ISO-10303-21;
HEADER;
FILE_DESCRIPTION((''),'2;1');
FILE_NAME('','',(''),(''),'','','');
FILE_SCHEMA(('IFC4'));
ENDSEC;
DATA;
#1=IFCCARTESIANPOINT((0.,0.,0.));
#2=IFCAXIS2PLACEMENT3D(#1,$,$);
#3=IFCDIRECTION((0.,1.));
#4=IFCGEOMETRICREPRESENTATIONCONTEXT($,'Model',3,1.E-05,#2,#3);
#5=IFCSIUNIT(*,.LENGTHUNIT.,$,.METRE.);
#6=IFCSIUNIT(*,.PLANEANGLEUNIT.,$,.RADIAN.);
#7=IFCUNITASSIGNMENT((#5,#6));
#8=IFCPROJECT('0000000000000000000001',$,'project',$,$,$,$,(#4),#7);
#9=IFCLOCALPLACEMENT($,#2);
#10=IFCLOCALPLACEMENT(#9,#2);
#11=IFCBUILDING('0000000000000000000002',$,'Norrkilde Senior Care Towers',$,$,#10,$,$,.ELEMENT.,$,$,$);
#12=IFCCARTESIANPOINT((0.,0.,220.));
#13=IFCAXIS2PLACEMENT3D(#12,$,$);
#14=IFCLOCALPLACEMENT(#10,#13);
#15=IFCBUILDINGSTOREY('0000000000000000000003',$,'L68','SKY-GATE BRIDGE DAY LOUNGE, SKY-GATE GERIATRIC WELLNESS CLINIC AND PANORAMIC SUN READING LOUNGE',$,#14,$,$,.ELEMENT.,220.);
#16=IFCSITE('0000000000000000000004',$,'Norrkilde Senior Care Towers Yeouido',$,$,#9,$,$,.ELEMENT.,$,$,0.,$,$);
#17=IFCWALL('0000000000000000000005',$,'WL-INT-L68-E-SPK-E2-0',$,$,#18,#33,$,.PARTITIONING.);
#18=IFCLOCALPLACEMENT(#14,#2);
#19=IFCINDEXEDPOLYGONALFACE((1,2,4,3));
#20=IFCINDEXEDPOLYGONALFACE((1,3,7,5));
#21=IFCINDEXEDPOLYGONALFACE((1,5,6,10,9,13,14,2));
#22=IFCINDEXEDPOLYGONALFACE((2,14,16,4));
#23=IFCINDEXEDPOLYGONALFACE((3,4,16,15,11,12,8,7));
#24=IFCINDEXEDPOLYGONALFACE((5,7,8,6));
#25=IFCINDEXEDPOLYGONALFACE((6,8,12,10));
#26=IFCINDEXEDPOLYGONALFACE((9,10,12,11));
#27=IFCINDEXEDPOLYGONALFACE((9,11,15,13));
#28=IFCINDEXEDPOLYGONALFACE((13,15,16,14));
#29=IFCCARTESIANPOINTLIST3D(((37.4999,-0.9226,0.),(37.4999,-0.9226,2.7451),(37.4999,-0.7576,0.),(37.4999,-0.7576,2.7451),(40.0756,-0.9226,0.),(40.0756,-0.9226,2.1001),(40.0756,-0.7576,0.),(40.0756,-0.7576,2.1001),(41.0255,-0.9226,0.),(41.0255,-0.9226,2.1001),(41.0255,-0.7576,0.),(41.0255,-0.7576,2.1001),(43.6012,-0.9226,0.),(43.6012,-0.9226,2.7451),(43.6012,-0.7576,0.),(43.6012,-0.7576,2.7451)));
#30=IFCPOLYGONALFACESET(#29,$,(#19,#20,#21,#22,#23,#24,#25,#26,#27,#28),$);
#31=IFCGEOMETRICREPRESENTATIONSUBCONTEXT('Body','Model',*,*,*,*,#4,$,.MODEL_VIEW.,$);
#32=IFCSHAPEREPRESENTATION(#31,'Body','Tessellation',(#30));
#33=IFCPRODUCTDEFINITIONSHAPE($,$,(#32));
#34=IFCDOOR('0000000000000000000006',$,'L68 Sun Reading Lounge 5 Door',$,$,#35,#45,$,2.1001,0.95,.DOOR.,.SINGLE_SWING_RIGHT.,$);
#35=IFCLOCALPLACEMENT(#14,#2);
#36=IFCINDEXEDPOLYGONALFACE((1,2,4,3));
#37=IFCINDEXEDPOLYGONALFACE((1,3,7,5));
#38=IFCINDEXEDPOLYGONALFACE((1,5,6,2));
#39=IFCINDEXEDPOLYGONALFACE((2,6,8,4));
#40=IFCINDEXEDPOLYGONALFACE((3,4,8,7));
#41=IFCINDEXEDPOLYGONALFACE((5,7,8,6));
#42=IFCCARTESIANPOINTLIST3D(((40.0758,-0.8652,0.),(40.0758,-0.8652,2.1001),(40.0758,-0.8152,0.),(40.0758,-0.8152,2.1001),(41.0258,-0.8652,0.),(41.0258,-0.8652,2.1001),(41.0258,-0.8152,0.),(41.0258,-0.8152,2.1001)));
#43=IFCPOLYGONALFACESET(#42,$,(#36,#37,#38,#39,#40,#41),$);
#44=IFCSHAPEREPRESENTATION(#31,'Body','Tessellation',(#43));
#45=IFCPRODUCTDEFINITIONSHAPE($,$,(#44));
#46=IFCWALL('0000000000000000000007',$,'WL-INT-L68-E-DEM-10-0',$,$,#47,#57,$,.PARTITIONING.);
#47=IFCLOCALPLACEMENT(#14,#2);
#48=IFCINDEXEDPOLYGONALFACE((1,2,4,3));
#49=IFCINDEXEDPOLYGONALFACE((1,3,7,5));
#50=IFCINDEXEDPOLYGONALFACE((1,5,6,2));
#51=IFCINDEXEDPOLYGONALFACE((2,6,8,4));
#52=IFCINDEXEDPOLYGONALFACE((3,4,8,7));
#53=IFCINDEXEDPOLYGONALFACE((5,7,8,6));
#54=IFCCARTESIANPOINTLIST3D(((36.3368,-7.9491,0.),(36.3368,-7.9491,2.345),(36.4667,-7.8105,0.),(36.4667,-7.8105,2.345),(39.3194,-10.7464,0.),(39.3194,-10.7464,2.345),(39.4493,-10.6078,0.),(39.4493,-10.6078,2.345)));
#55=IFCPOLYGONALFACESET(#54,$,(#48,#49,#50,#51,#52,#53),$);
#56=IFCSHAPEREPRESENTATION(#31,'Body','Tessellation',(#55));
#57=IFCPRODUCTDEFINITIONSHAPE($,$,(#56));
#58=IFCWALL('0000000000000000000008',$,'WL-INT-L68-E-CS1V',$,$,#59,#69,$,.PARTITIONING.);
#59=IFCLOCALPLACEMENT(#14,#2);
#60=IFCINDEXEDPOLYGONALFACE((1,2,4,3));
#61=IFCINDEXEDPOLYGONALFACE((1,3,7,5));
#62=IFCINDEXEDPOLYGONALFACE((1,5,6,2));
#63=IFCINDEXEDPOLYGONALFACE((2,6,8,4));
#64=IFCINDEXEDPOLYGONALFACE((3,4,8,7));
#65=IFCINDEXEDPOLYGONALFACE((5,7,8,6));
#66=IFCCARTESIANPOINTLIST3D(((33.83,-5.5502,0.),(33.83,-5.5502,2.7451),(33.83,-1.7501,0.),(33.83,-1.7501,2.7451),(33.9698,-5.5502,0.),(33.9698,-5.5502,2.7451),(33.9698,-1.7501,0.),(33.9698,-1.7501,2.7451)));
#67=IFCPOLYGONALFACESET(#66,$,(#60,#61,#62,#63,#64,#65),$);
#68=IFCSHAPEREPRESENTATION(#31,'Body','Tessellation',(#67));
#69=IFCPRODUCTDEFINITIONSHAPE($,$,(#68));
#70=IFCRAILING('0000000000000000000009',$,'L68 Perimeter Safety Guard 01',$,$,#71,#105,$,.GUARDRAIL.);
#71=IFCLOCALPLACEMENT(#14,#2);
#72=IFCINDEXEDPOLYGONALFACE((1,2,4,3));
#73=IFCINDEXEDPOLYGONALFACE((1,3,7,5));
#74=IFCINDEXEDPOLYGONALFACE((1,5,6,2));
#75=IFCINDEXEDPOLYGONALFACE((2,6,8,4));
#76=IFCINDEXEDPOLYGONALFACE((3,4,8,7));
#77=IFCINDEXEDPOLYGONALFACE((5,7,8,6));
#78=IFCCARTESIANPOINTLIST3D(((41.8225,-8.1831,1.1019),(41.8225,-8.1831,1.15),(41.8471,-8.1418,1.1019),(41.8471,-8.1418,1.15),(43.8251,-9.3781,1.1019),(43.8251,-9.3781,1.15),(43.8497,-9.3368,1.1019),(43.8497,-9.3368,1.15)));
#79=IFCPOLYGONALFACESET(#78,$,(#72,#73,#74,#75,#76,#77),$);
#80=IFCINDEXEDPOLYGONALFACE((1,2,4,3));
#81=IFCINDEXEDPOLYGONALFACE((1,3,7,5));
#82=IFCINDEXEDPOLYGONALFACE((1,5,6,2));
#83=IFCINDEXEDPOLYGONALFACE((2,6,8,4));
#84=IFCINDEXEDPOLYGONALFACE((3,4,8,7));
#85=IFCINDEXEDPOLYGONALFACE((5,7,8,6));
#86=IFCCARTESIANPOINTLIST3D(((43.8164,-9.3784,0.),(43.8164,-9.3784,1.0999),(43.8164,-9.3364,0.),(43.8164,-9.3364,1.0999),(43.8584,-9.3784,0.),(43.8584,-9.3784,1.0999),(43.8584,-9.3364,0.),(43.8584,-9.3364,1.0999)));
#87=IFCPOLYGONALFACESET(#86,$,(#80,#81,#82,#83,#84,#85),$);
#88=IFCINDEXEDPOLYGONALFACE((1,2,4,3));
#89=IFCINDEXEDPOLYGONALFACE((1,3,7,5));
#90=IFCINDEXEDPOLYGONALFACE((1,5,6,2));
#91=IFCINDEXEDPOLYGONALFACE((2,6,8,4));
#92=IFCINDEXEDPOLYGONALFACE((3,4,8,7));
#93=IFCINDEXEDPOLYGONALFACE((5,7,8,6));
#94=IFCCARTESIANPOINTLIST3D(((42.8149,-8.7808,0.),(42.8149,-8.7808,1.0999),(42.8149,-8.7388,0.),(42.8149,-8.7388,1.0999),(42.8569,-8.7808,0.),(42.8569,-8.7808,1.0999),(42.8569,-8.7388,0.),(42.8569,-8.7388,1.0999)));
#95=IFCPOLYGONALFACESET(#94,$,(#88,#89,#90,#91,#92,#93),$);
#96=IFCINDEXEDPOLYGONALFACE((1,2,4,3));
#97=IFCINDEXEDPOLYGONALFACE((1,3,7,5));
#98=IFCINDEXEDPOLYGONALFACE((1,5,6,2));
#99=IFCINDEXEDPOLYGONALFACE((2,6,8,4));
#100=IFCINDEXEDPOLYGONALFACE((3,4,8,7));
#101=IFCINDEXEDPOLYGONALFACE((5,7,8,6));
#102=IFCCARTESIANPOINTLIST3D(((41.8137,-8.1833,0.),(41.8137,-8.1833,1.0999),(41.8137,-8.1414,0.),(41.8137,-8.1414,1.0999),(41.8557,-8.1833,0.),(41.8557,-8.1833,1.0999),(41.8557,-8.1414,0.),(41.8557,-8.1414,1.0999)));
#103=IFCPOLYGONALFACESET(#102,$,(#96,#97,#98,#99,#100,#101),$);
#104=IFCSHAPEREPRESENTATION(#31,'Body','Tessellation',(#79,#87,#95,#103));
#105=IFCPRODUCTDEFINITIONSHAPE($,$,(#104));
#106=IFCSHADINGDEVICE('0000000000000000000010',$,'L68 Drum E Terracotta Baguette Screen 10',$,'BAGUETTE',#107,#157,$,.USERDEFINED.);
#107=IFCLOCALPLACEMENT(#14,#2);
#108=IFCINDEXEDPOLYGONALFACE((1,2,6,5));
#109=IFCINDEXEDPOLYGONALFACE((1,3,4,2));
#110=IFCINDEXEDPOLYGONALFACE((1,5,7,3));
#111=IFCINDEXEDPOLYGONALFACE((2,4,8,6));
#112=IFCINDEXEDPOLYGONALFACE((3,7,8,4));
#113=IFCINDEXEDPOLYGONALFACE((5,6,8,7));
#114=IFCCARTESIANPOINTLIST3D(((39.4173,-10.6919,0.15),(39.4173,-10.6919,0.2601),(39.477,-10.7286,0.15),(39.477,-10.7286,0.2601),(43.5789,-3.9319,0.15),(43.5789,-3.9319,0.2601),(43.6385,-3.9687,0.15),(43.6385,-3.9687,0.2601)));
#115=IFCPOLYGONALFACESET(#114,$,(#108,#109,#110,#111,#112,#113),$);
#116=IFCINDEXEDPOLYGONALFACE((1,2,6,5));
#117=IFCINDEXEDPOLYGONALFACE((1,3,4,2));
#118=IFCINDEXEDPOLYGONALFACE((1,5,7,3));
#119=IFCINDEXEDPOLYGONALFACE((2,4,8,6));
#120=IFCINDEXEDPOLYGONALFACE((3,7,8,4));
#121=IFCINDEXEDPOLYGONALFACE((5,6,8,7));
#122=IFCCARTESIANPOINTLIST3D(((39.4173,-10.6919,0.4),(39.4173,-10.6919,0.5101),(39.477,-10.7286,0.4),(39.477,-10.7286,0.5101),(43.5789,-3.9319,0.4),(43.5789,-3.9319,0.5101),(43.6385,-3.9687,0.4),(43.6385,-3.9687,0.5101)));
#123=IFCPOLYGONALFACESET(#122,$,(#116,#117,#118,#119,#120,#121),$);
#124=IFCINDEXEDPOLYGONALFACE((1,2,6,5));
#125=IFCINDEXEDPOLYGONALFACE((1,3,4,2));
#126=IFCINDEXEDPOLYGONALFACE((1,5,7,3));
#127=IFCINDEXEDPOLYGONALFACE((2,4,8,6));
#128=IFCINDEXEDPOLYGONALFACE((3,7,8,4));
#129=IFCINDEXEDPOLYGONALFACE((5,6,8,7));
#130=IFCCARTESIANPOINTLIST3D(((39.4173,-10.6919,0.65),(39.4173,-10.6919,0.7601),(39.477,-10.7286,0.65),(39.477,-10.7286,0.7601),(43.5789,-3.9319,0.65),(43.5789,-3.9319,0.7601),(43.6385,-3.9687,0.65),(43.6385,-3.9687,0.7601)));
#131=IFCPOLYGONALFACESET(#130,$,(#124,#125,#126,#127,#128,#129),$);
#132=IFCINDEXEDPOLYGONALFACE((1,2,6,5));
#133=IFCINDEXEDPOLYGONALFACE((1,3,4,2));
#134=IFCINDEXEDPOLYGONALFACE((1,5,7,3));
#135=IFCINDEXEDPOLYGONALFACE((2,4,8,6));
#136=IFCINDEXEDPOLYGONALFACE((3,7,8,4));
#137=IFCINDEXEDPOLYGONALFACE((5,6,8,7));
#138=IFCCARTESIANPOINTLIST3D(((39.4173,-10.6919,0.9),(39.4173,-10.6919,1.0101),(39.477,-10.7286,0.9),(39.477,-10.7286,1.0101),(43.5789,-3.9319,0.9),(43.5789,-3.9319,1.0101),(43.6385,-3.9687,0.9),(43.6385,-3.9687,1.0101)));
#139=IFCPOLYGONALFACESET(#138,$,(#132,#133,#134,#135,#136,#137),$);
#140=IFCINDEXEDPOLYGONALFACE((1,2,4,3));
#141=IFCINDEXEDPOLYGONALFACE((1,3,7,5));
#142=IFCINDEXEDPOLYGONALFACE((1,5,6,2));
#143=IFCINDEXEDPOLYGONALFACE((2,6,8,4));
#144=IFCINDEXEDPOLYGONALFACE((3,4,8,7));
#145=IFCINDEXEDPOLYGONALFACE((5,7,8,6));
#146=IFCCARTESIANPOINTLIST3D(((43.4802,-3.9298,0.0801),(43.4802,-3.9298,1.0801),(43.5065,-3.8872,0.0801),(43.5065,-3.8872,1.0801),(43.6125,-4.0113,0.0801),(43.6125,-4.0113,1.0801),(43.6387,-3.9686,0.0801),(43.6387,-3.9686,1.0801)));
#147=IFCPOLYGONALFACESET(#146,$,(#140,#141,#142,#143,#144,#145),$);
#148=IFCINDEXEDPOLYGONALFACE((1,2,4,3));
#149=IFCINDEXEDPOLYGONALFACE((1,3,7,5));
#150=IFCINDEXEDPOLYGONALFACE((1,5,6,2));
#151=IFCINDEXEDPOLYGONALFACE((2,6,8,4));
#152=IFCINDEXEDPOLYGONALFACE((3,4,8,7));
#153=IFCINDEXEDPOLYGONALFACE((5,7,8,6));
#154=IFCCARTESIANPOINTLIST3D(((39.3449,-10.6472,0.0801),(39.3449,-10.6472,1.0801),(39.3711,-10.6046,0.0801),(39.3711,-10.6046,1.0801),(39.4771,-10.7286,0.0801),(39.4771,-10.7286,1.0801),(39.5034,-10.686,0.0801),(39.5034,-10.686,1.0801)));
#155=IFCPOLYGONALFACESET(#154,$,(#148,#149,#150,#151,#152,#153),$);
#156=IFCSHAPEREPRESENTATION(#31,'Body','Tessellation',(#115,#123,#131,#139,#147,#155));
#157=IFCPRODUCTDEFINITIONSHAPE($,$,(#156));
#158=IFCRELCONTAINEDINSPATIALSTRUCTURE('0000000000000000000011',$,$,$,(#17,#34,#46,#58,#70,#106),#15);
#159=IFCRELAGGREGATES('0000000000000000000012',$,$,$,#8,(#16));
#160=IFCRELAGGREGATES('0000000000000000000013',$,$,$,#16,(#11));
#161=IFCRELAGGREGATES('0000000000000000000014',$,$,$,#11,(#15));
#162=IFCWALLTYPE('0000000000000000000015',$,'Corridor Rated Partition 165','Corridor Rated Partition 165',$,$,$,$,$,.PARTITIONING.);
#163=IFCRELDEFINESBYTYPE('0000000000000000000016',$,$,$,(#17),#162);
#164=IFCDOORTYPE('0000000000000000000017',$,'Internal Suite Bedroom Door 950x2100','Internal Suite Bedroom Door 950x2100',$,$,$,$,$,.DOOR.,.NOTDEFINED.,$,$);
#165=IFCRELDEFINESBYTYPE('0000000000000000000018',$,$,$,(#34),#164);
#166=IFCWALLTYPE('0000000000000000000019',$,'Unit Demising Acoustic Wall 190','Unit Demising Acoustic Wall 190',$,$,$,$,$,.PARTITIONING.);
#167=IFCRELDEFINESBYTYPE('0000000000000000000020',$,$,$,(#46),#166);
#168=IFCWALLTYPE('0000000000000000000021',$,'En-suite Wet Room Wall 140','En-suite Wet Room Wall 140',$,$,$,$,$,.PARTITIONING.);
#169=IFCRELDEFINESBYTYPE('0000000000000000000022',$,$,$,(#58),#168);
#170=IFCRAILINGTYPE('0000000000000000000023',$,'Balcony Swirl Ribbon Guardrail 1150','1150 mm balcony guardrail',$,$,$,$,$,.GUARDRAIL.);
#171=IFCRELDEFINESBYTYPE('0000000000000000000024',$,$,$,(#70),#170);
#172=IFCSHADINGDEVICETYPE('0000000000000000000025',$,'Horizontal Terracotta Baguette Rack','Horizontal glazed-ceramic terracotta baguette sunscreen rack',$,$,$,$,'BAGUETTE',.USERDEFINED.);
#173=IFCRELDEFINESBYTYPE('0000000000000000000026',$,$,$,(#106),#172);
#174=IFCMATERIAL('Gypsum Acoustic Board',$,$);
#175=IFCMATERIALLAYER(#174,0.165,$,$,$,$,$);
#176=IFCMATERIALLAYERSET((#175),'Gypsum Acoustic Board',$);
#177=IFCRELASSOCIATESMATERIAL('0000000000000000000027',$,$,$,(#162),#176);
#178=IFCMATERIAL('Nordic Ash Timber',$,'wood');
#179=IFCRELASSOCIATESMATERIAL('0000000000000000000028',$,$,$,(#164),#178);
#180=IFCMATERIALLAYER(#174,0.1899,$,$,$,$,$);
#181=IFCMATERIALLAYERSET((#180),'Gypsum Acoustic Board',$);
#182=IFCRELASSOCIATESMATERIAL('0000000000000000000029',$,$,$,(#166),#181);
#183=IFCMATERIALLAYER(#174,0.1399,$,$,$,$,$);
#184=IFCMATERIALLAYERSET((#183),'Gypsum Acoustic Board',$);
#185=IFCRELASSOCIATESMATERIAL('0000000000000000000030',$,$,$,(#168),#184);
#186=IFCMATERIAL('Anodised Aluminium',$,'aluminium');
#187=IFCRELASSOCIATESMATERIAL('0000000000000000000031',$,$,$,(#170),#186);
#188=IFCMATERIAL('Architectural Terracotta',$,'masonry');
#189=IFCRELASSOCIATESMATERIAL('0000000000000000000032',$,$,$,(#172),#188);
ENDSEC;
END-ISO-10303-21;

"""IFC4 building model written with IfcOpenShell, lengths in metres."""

from ifc_helpers import new_model, si_unit, direction, frame, frame_2d, origin, origin_2d, place, context, subcontext, project, spatial, rectangle, extrude, source, transform, mapped, material, layer, layer_set, type_object, type_shapes, element, fill, save


model = new_model("IFC4")

# Units and contexts
model_context = context("Model", 3, precision=1e-05, world=origin(), true_north=direction((0.0, 1.0)))
body_context = subcontext(model_context, "Body", "Model", "MODEL_VIEW")
ifc_project = project(units=[si_unit("LENGTHUNIT", "METRE"), si_unit("PLANEANGLEUNIT", "RADIAN")], contexts=[model_context])

# Site, building, storey
site_placement = place(None, origin())
site = spatial("IfcSite", under=ifc_project, at=site_placement, Name="Norrkilde Senior Care Towers Yeouido", CompositionType="ELEMENT", RefElevation=0.0)
building_placement = place(site_placement, origin())
building = spatial("IfcBuilding", under=site, at=building_placement, Name="Norrkilde Senior Care Towers", CompositionType="ELEMENT")
storey_placement = place(building_placement, frame((0.0, 0.0, 220.0)))
storey = spatial("IfcBuildingStorey", under=building, at=storey_placement, Name="L68", Description="SKY-GATE BRIDGE DAY LOUNGE, SKY-GATE GERIATRIC WELLNESS CLINIC AND PANORAMIC SUN READING LOUNGE", CompositionType="ELEMENT", Elevation=220.0)

# Shared definitions
ifc_material_1 = material(Name="Anodised Aluminium", Category="aluminium")

# Shared definitions
ifc_material_2 = material(Name="Gypsum Acoustic Board")
ifc_layer_1 = layer(ifc_material_2, 0.165)
ifc_layer_set_1 = layer_set([ifc_layer_1], Name="Gypsum Acoustic Board")
wall_type_1 = type_object("IfcWallType", Name="Corridor Rated Partition 165", Description="Corridor Rated Partition 165", PredefinedType="PARTITIONING", material=ifc_layer_set_1)

# Shared definitions
ifc_material_3 = material(Name="Nordic Ash Timber", Category="wood")

# Wall, opening, door
shared_shape_1 = source(origin(), body_context, "Body", "SweptSolid", [
    extrude(rectangle(XDim=6.1013, YDim=0.165, at=frame_2d((3.0508, 0.0))), origin(), (0.0, 0.0, 1.0), 2.7451),
])
wall_1_placement = place(storey_placement, frame((43.6013, -0.8401, 0.0), z_axis=(0.0, 0.0, 1.0), x_axis=(-1.0, 0.0, 0.0)))
wall_1 = element("IfcWall", 1, at=wall_1_placement, inside=storey, type_object=wall_type_1, Name="WL-INT-L68-E-SPK-E2-0", PredefinedType="PARTITIONING", context=body_context, shape_type="MappedRepresentation", body=[
    mapped(shared_shape_1, transform((0.0, 0.0, 0.0), x_axis=(1.0, 0.0, 0.0), y_axis=(0.0, 1.0, 0.0), z_axis=(0.0, 0.0, 1.0), scale=1.0)),
])
opening_1_placement = place(wall_1_placement, frame((2.5757, 0.0, 0.0)))
opening_1 = element("IfcOpeningElement", 2, at=opening_1_placement, cuts=wall_1, PredefinedType="OPENING", context=body_context, shape_type="SweptSolid", body=[
    extrude(rectangle(XDim=0.95, YDim=2.1001, at=frame_2d((0.4751, 1.05))), frame((0.0, 0.0925, 0.0), z_axis=(0.0, -1.0, 0.0), x_axis=(1.0, 0.0, 0.0)), (0.0, 0.0, 1.0), 0.1851),
])
door_type_1 = type_object("IfcDoorType", Name="Internal Suite Bedroom Door 950x2100", Description="Internal Suite Bedroom Door 950x2100", OperationType="NOTDEFINED", PredefinedType="DOOR", material=ifc_material_3)
shared_shape_2 = source(origin(), body_context, "Body", "SweptSolid", [
    extrude(rectangle(XDim=0.95, YDim=2.1001, at=frame_2d((0.4751, 1.05))), frame((0.0, 0.0249, 0.0), z_axis=(0.0, -1.0, 0.0), x_axis=(1.0, 0.0, 0.0)), (0.0, 0.0, 1.0), 0.05),
])
type_shapes(door_type_1, [shared_shape_2])
door_1_placement = place(opening_1_placement, frame((0.95, 0.0, 0.0), z_axis=(0.0, 0.0, 1.0), x_axis=(-1.0, 0.0, 0.0)))
door_1 = element("IfcDoor", 3, at=door_1_placement, inside=storey, type_object=door_type_1, Name="L68 Sun Reading Lounge 5 Door", OperationType="SINGLE_SWING_RIGHT", OverallHeight=2.1001, OverallWidth=0.95, PredefinedType="DOOR", context=body_context, shape_type="MappedRepresentation", body=[
    mapped(shared_shape_2, transform((0.0, 0.0, 0.0), x_axis=(1.0, 0.0, 0.0), y_axis=(0.0, 1.0, 0.0), z_axis=(0.0, 0.0, 1.0), scale=1.0)),
])
fill(opening_1, door_1)

# Walls
ifc_layer_2 = layer(ifc_material_2, 0.1899)
ifc_layer_set_2 = layer_set([ifc_layer_2], Name="Gypsum Acoustic Board")
wall_type_2 = type_object("IfcWallType", Name="Unit Demising Acoustic Wall 190", Description="Unit Demising Acoustic Wall 190", PredefinedType="PARTITIONING", material=ifc_layer_set_2)
shared_shape_3 = source(origin(), body_context, "Body", "SweptSolid", [
    extrude(rectangle(XDim=4.0891, YDim=0.1899, at=frame_2d((2.0444, 0.0))), origin(), (0.0, 0.0, 1.0), 2.345),
])
type_shapes(wall_type_2, [shared_shape_3])
wall_2_placement = place(storey_placement, frame((36.4019, -7.8799, 0.0), z_axis=(0.0, 0.0, 1.0), x_axis=(0.729401, -0.684086, 0.0)))
element("IfcWall", 4, at=wall_2_placement, inside=storey, type_object=wall_type_2, Name="WL-INT-L68-E-DEM-10-0", PredefinedType="PARTITIONING", context=body_context, shape_type="MappedRepresentation", body=[
    mapped(shared_shape_3, transform((0.0, 0.0, 0.0), x_axis=(1.0, 0.0, 0.0), y_axis=(0.0, 1.0, 0.0), z_axis=(0.0, 0.0, 1.0), scale=1.0)),
])
ifc_layer_3 = layer(ifc_material_2, 0.1399)
ifc_layer_set_3 = layer_set([ifc_layer_3], Name="Gypsum Acoustic Board")
wall_type_3 = type_object("IfcWallType", Name="En-suite Wet Room Wall 140", Description="En-suite Wet Room Wall 140", PredefinedType="PARTITIONING", material=ifc_layer_set_3)
shared_shape_4 = source(origin(), body_context, "Body", "SweptSolid", [
    extrude(rectangle(XDim=3.8, YDim=0.1399, at=frame_2d((1.8999, 0.0))), origin(), (0.0, 0.0, 1.0), 2.7451),
])
type_shapes(wall_type_3, [shared_shape_4])
wall_3_placement = place(storey_placement, frame((33.8999, -5.55, 0.0), z_axis=(0.0, 0.0, 1.0), x_axis=(0.0, 1.0, 0.0)))
element("IfcWall", 5, at=wall_3_placement, inside=storey, type_object=wall_type_3, Name="WL-INT-L68-E-CS1V", PredefinedType="PARTITIONING", context=body_context, shape_type="MappedRepresentation", body=[
    mapped(shared_shape_4, transform((0.0, 0.0, 0.0), x_axis=(1.0, 0.0, 0.0), y_axis=(0.0, 1.0, 0.0), z_axis=(0.0, 0.0, 1.0), scale=1.0)),
])

# Railing
railing_type = type_object("IfcRailingType", Name="Balcony Swirl Ribbon Guardrail 1150", Description="1150 mm balcony guardrail", PredefinedType="GUARDRAIL", material=ifc_material_1)
railing_placement = place(storey_placement, frame((43.8374, -9.3574, 0.0)))
element("IfcRailing", 6, at=railing_placement, inside=storey, type_object=railing_type, Name="L68 Perimeter Safety Guard 01", PredefinedType="GUARDRAIL", context=body_context, shape_type="SweptSolid", body=[
    extrude(rectangle(XDim=0.0481, YDim=0.0481, at=origin_2d()), frame((0.0, 0.0, 1.126), z_axis=(-0.858728, 0.512431, 0.0), x_axis=(-0.512431, -0.858728, 0.0)), (0.0, 0.0, 1.0), 2.332),
    extrude(rectangle(XDim=0.042, YDim=0.042, at=origin_2d()), origin(), (0.0, 0.0, 1.0), 1.0999),
    extrude(rectangle(XDim=0.042, YDim=0.042, at=origin_2d()), frame((-1.0015, 0.5977, 0.0)), (0.0, 0.0, 1.0), 1.0999),
    extrude(rectangle(XDim=0.042, YDim=0.042, at=origin_2d()), frame((-2.0027, 1.1951, 0.0)), (0.0, 0.0, 1.0), 1.0999),
])

# Shading device
ifc_material_4 = material(Name="Architectural Terracotta", Category="masonry")
shading_device_type = type_object("IfcShadingDeviceType", Name="Horizontal Terracotta Baguette Rack", Description="Horizontal glazed-ceramic terracotta baguette sunscreen rack", ElementType="BAGUETTE", PredefinedType="USERDEFINED", material=ifc_material_4)
shared_shape_5 = source(origin(), body_context, "Body", "SweptSolid", [
    extrude(rectangle(XDim=0.0701, YDim=0.1101, at=origin_2d()), frame((0.0, 0.0901, 0.125), z_axis=(1.0, 0.0, 0.0), x_axis=(0.0, 1.0, 0.0)), (0.0, 0.0, 1.0), 7.9382),
    extrude(rectangle(XDim=0.0701, YDim=0.1101, at=origin_2d()), frame((0.0, 0.0901, 0.375), z_axis=(1.0, 0.0, 0.0), x_axis=(0.0, 1.0, 0.0)), (0.0, 0.0, 1.0), 7.9382),
    extrude(rectangle(XDim=0.0701, YDim=0.1101, at=origin_2d()), frame((0.0, 0.0901, 0.625), z_axis=(1.0, 0.0, 0.0), x_axis=(0.0, 1.0, 0.0)), (0.0, 0.0, 1.0), 7.9382),
    extrude(rectangle(XDim=0.0701, YDim=0.1101, at=origin_2d()), frame((0.0, 0.0901, 0.875), z_axis=(1.0, 0.0, 0.0), x_axis=(0.0, 1.0, 0.0)), (0.0, 0.0, 1.0), 7.9382),
    extrude(rectangle(XDim=0.05, YDim=0.1553, at=origin_2d()), frame((0.0249, 0.0476, 0.0)), (0.0, 0.0, 1.0), 1.0),
    extrude(rectangle(XDim=0.05, YDim=0.1553, at=origin_2d()), frame((7.9131, 0.0476, 0.0)), (0.0, 0.0, 1.0), 1.0),
])
type_shapes(shading_device_type, [shared_shape_5])
shading_device_placement = place(storey_placement, frame((43.532, -3.9031, 0.0801), z_axis=(0.0, 0.0, 1.0), x_axis=(-0.52425, -0.851576, 0.0)))
element("IfcShadingDevice", 7, at=shading_device_placement, inside=storey, type_object=shading_device_type, Name="L68 Drum E Terracotta Baguette Screen 10", ObjectType="BAGUETTE", PredefinedType="USERDEFINED", context=body_context, shape_type="MappedRepresentation", body=[
    mapped(shared_shape_5, transform((0.0, 0.0, 0.0), x_axis=(1.0, 0.0, 0.0), y_axis=(0.0, 1.0, 0.0), z_axis=(0.0, 0.0, 1.0), scale=1.0)),
])

save(model, "model.ifc")
